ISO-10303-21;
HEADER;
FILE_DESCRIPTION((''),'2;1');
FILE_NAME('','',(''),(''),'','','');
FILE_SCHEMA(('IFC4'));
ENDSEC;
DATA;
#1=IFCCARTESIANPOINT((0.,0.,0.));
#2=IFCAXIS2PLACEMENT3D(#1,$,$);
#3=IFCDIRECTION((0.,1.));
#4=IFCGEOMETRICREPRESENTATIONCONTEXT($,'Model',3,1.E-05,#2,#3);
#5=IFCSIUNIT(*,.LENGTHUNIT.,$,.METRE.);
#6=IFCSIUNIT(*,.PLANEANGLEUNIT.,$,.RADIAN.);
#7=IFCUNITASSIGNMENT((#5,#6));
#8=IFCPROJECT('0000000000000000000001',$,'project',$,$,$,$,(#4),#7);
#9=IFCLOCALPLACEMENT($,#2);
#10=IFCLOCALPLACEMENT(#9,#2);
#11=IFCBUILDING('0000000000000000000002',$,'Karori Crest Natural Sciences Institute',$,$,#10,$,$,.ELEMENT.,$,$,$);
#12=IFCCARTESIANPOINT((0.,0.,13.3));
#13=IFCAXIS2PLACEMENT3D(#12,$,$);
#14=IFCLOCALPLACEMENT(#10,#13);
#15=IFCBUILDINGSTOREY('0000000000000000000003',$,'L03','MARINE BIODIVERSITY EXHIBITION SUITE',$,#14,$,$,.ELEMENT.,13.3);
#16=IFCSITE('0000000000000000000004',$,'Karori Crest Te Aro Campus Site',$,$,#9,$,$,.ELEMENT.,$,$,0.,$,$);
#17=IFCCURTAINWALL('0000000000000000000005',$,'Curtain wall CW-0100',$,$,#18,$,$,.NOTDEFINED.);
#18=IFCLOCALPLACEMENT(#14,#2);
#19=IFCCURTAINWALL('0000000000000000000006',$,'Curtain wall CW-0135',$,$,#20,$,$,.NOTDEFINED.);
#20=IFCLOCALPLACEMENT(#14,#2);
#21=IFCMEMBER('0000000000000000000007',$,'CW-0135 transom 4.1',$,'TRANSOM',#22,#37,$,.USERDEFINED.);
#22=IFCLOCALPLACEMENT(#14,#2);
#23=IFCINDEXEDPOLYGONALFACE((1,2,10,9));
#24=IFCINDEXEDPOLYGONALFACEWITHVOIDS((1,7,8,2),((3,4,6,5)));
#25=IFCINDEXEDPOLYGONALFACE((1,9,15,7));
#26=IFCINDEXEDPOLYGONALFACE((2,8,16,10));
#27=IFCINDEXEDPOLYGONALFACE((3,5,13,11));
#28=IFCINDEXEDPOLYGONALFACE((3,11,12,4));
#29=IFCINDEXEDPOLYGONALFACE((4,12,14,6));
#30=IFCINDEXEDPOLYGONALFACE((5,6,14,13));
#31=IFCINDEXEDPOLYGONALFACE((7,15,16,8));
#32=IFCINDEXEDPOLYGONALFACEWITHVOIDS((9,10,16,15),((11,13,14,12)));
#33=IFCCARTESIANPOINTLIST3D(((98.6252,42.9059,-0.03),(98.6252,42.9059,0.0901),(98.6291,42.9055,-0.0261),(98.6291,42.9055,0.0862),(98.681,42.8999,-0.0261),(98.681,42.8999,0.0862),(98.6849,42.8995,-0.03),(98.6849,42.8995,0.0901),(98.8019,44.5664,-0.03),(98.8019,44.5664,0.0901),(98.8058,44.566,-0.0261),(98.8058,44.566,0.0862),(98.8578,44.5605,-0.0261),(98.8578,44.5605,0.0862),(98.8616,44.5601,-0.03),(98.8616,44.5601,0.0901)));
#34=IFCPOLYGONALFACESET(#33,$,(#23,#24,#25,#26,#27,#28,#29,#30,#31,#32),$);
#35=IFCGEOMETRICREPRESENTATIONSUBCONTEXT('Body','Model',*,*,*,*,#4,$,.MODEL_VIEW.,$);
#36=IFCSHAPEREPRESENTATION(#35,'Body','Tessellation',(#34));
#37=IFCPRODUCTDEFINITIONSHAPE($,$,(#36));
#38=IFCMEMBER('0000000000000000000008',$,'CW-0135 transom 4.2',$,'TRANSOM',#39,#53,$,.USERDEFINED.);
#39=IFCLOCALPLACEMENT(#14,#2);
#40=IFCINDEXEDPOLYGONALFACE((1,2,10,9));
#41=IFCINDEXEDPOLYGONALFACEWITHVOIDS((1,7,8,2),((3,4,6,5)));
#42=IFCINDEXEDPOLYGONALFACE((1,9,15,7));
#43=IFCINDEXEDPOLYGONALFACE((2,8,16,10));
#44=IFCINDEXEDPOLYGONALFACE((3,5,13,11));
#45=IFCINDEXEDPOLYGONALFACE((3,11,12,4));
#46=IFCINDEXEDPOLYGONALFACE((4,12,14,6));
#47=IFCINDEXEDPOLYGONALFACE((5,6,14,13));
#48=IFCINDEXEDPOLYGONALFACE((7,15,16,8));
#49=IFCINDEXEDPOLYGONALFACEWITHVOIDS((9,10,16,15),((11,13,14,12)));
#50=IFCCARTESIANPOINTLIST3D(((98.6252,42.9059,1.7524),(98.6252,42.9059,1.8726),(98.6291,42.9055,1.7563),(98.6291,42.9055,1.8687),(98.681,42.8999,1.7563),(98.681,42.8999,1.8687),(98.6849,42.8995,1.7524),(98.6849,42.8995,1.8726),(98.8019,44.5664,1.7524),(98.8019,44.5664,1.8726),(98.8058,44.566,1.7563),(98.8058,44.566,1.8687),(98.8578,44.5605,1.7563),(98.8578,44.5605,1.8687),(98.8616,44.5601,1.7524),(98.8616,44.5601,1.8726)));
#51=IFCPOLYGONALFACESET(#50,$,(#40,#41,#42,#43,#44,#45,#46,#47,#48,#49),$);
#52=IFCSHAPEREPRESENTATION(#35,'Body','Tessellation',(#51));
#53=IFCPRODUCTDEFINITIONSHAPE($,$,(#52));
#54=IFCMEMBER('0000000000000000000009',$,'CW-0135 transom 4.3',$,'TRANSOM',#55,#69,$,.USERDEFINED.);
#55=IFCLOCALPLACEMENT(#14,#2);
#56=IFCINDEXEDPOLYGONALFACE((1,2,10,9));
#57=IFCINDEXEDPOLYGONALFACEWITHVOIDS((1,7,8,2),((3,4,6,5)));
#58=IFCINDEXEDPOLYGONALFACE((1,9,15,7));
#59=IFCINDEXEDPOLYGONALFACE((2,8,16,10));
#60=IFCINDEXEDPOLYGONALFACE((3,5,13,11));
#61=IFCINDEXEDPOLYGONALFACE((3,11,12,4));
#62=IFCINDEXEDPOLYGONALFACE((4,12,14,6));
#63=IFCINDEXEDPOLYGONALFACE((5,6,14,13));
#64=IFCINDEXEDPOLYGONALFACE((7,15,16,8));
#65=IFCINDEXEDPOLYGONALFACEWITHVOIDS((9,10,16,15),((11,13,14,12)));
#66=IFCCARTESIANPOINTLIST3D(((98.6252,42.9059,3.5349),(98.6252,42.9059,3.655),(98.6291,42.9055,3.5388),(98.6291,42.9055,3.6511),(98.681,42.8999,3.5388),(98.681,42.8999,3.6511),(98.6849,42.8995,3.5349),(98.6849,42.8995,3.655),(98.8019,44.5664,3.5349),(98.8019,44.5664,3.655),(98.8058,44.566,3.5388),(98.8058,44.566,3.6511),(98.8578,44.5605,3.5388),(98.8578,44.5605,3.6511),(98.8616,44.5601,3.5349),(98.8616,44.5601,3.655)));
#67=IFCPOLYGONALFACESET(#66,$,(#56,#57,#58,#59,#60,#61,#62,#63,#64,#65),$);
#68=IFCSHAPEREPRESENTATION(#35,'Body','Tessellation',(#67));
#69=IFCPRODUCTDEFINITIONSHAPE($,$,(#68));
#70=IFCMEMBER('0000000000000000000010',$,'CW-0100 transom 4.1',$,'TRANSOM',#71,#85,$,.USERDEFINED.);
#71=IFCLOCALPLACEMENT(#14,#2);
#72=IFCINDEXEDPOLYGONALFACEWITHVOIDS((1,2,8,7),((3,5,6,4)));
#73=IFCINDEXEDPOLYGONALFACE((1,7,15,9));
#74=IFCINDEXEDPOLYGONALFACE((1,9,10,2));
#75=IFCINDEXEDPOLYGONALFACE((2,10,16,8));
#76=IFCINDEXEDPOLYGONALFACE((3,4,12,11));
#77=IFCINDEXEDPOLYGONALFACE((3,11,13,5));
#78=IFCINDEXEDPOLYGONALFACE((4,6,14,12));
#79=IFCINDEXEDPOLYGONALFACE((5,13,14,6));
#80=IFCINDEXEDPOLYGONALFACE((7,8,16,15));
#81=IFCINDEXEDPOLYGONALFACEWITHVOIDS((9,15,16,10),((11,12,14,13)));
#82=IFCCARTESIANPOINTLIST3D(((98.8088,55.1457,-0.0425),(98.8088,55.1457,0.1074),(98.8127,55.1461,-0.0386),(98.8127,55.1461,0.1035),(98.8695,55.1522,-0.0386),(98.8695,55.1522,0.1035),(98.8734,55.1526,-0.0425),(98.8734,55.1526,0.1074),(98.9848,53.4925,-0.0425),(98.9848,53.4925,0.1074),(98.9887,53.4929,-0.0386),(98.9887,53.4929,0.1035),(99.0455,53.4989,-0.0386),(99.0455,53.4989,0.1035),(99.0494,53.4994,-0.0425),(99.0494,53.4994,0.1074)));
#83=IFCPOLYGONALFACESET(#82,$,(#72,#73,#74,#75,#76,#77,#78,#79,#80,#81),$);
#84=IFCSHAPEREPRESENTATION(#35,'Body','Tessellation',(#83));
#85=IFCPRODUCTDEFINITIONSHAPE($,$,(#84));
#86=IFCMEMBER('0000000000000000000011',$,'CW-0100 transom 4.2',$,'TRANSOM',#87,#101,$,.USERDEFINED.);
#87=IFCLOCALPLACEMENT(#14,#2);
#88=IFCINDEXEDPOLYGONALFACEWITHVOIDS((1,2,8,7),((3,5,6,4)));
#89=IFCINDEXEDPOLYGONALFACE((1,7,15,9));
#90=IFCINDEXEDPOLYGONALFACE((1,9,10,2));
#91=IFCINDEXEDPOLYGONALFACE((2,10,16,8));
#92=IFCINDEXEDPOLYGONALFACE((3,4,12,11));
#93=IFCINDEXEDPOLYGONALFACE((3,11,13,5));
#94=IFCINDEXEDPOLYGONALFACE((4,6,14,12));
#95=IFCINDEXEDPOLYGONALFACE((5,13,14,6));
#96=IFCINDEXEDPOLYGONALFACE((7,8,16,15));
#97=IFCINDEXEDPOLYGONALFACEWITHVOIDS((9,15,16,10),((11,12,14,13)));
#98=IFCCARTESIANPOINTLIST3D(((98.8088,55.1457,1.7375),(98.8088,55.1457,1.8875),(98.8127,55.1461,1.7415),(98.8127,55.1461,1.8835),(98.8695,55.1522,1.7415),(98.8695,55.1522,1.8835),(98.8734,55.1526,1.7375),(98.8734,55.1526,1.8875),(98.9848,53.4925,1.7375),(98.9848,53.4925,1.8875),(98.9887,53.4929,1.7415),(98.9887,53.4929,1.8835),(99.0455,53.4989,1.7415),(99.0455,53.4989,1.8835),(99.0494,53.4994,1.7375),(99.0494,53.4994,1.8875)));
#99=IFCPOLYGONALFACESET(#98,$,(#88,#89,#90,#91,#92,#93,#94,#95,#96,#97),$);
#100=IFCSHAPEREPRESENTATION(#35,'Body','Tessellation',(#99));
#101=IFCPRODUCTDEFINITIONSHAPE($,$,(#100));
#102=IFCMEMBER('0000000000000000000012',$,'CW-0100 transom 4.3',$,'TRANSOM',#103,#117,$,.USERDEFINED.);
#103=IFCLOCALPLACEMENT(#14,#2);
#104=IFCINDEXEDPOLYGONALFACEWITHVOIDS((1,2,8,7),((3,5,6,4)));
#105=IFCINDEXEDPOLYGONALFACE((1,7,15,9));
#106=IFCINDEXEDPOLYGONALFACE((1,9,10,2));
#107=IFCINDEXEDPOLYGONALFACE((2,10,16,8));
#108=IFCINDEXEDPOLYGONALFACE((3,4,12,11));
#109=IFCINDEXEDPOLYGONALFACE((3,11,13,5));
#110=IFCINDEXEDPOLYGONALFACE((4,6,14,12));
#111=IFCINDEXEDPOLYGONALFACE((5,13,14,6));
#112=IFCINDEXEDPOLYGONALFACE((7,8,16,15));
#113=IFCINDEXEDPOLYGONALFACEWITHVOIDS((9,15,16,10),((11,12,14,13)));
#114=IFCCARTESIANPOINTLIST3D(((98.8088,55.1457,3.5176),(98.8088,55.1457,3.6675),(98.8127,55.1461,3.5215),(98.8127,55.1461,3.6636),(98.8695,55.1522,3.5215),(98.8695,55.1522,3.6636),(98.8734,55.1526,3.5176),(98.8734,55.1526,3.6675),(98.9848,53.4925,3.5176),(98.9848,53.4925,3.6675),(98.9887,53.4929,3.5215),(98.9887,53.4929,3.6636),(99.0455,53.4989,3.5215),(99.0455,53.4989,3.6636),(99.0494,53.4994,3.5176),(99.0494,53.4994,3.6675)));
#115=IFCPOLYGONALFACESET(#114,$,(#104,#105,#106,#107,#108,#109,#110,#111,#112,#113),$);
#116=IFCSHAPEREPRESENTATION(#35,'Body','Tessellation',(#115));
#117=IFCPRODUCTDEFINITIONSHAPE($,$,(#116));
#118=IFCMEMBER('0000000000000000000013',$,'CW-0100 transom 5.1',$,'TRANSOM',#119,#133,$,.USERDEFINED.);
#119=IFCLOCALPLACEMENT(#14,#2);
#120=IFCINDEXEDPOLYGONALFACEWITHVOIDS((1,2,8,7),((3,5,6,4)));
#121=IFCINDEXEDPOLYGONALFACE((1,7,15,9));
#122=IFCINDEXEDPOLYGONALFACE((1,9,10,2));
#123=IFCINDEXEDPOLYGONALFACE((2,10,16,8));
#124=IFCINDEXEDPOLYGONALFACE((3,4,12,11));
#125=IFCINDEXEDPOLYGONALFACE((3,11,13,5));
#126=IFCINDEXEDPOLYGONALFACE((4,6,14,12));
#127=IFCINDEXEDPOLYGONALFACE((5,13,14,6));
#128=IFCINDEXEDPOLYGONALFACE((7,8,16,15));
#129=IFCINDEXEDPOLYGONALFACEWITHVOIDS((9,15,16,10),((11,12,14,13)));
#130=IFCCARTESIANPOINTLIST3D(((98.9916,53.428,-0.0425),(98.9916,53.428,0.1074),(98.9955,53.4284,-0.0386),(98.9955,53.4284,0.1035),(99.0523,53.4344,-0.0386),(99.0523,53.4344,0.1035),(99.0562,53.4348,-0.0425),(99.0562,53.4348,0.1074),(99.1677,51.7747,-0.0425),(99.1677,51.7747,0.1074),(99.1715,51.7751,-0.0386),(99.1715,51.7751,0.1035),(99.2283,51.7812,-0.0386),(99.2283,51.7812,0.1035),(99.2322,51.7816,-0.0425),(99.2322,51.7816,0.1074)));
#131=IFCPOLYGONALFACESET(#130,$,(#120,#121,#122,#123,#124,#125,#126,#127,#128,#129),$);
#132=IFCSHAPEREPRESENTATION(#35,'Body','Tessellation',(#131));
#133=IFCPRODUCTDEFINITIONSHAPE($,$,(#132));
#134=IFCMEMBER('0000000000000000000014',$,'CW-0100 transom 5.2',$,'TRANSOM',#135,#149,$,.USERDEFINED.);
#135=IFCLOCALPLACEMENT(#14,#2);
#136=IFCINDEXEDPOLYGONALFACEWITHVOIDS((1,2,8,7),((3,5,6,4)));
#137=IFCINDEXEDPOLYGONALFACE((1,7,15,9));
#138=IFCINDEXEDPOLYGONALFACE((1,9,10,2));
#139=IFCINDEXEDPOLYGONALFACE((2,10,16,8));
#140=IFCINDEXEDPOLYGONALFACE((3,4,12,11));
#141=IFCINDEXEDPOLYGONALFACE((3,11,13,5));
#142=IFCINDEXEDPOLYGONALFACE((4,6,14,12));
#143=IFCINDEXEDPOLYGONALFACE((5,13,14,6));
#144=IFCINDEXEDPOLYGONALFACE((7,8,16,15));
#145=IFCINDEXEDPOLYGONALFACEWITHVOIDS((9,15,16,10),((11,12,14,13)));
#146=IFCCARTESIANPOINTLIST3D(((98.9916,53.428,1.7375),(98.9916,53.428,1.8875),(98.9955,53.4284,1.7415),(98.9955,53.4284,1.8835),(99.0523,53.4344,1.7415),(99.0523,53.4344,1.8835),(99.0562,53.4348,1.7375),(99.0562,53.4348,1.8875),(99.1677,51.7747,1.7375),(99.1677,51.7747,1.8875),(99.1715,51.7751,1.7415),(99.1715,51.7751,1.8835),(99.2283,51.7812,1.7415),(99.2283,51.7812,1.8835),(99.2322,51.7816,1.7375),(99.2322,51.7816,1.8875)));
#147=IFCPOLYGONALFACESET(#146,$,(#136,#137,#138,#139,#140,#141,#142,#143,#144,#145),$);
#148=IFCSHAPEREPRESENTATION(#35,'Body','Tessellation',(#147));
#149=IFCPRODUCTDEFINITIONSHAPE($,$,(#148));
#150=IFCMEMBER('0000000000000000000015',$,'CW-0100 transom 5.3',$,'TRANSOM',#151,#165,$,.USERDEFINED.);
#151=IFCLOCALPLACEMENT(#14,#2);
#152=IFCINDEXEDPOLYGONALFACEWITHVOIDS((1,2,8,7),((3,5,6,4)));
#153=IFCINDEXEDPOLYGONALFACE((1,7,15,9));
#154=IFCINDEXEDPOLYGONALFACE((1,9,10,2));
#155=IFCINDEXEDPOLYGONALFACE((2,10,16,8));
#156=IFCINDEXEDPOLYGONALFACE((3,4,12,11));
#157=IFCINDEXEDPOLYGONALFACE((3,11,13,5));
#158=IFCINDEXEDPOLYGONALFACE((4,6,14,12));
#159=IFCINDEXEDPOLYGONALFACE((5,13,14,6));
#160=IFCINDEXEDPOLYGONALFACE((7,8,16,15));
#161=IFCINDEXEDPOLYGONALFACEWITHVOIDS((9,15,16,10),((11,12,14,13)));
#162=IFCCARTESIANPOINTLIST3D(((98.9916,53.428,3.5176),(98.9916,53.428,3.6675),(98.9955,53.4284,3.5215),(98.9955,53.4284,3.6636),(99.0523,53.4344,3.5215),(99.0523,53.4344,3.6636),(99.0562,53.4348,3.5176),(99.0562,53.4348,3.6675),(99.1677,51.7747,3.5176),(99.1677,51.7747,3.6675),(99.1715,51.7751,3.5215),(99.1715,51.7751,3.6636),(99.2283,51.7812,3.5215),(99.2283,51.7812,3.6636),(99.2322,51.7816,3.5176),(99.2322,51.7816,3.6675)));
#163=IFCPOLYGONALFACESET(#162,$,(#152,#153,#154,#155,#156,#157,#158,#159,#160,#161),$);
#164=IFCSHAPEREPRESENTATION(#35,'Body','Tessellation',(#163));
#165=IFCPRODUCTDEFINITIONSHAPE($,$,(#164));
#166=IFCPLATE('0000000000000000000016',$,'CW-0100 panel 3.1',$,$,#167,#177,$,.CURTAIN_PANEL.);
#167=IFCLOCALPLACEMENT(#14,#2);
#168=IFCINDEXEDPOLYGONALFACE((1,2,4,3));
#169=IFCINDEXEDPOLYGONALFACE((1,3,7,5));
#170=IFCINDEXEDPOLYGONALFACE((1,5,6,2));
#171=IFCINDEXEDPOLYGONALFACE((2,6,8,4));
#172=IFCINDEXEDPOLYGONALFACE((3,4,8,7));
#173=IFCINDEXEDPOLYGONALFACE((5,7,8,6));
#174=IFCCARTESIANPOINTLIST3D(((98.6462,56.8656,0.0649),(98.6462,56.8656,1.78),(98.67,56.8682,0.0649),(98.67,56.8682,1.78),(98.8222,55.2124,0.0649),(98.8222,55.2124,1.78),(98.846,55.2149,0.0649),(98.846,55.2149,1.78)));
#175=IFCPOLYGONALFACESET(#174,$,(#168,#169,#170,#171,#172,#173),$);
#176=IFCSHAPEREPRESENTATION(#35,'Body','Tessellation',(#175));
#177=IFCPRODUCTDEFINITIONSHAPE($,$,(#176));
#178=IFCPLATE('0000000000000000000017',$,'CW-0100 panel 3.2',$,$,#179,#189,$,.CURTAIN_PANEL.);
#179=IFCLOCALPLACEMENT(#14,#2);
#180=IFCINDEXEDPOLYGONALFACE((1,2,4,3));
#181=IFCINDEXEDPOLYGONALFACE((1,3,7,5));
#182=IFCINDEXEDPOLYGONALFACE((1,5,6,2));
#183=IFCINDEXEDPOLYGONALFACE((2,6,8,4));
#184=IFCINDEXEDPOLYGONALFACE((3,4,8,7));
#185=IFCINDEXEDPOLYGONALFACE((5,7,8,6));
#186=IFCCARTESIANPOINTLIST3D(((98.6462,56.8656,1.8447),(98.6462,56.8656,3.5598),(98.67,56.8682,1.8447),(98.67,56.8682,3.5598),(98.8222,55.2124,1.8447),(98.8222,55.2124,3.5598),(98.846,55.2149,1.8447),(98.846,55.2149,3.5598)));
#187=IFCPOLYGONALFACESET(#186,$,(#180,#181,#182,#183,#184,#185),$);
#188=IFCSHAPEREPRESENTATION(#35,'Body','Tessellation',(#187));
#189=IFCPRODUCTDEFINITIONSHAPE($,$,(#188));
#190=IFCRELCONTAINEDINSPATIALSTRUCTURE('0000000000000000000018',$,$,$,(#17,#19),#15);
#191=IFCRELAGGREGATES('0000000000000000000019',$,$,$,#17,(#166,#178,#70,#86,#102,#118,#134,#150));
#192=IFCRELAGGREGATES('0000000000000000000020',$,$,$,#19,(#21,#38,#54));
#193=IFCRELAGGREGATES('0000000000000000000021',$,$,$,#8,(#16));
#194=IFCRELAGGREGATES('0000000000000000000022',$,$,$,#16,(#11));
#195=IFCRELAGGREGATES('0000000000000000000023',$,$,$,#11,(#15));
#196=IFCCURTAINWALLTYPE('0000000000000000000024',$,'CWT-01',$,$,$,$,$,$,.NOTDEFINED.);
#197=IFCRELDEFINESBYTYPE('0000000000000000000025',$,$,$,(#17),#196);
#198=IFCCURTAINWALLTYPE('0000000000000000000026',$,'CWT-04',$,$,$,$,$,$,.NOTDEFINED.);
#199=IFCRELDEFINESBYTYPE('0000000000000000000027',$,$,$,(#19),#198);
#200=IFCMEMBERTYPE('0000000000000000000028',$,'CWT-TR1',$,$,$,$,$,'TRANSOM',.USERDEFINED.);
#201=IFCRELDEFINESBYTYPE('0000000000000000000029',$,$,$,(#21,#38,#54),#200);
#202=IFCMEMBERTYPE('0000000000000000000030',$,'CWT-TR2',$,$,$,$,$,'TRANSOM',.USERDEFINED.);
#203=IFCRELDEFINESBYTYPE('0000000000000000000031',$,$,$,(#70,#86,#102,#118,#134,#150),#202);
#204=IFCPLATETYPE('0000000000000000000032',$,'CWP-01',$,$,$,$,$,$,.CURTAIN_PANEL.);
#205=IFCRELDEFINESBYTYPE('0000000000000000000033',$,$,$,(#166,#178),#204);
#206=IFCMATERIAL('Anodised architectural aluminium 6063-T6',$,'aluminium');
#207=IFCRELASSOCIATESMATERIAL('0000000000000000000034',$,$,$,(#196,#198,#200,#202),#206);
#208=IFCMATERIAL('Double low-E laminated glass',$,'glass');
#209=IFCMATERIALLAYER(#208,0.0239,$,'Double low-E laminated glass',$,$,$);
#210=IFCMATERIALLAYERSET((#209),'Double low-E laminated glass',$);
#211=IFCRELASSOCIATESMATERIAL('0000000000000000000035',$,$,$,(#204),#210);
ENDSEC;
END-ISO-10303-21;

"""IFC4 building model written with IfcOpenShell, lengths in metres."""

from ifc_helpers import new_model, si_unit, direction, frame, origin, origin_2d, place, context, subcontext, project, spatial, rectangle, hollow_rectangle, extrude, material, layer, layer_set, material_profile, profile_set, type_object, element, aggregate, save


model = new_model("IFC4")

# Units and contexts
model_context = context("Model", 3, precision=1e-05, world=origin(), true_north=direction((0.0, 1.0)))
body_context = subcontext(model_context, "Body", "Model", "MODEL_VIEW")
ifc_project = project(units=[si_unit("LENGTHUNIT", "METRE"), si_unit("PLANEANGLEUNIT", "RADIAN")], contexts=[model_context])

# Site, building, storey
site_placement = place(None, origin())
site = spatial("IfcSite", under=ifc_project, at=site_placement, Name="Karori Crest Te Aro Campus Site", CompositionType="ELEMENT", RefElevation=0.0)
building_placement = place(site_placement, origin())
building = spatial("IfcBuilding", under=site, at=building_placement, Name="Karori Crest Natural Sciences Institute", CompositionType="ELEMENT")
storey_placement = place(building_placement, frame((0.0, 0.0, 13.3)))
storey = spatial("IfcBuildingStorey", under=building, at=storey_placement, Name="L03", Description="MARINE BIODIVERSITY EXHIBITION SUITE", CompositionType="ELEMENT", Elevation=13.3)

# Curtain walls, members
ifc_material_1 = material(Name="Anodised architectural aluminium 6063-T6", Category="aluminium")
curtain_wall_type_1 = type_object("IfcCurtainWallType", Name="CWT-01", PredefinedType="NOTDEFINED", material=ifc_material_1)
curtain_wall_1_placement = place(storey_placement, origin())
curtain_wall_1 = element("IfcCurtainWall", 1, at=curtain_wall_1_placement, inside=storey, type_object=curtain_wall_type_1, Name="Curtain wall CW-0100", PredefinedType="NOTDEFINED")
curtain_wall_type_2 = type_object("IfcCurtainWallType", Name="CWT-04", PredefinedType="NOTDEFINED", material=ifc_material_1)
curtain_wall_2_placement = place(storey_placement, origin())
curtain_wall_2 = element("IfcCurtainWall", 2, at=curtain_wall_2_placement, inside=storey, type_object=curtain_wall_type_2, Name="Curtain wall CW-0135", PredefinedType="NOTDEFINED")
ifc_material_profile_1 = material_profile(ifc_material_1, hollow_rectangle(XDim=0.0601, YDim=0.1201, WallThickness=0.0039, at=origin_2d()), Name="CWT120x60x4")
ifc_profile_set_1 = profile_set([ifc_material_profile_1], Name="Anodised architectural aluminium 6063-T6")
member_type_1 = type_object("IfcMemberType", Name="CWT-TR1", ElementType="TRANSOM", PredefinedType="USERDEFINED", material=ifc_profile_set_1)
member_1_placement = place(storey_placement, frame((98.8318, 44.5632, 0.03), z_axis=(-0.105841, -0.994383, 0.0), x_axis=(0.994383, -0.105841, 0.0)))
member_1 = element("IfcMember", 3, at=member_1_placement, type_object=member_type_1, Name="CW-0135 transom 4.1", ObjectType="TRANSOM", PredefinedType="USERDEFINED", context=body_context, shape_type="SweptSolid", body=[
    extrude(hollow_rectangle(XDim=0.0601, YDim=0.1201, WallThickness=0.0039, at=origin_2d()), origin(), (0.0, 0.0, 1.0), 1.6699),
])
member_2_placement = place(storey_placement, frame((98.8318, 44.5632, 1.8125), z_axis=(-0.105841, -0.994383, 0.0), x_axis=(0.994383, -0.105841, 0.0)))
member_2 = element("IfcMember", 4, at=member_2_placement, type_object=member_type_1, Name="CW-0135 transom 4.2", ObjectType="TRANSOM", PredefinedType="USERDEFINED", context=body_context, shape_type="SweptSolid", body=[
    extrude(hollow_rectangle(XDim=0.0601, YDim=0.1201, WallThickness=0.0039, at=origin_2d()), origin(), (0.0, 0.0, 1.0), 1.6699),
])
member_3_placement = place(storey_placement, frame((98.8318, 44.5632, 3.595), z_axis=(-0.105841, -0.994383, 0.0), x_axis=(0.994383, -0.105841, 0.0)))
member_3 = element("IfcMember", 5, at=member_3_placement, type_object=member_type_1, Name="CW-0135 transom 4.3", ObjectType="TRANSOM", PredefinedType="USERDEFINED", context=body_context, shape_type="SweptSolid", body=[
    extrude(hollow_rectangle(XDim=0.0601, YDim=0.1201, WallThickness=0.0039, at=origin_2d()), origin(), (0.0, 0.0, 1.0), 1.6699),
])

# Members
ifc_material_profile_2 = material_profile(ifc_material_1, hollow_rectangle(XDim=0.0649, YDim=0.1499, WallThickness=0.0039, at=origin_2d()), Name="CWT150x65x4")
ifc_profile_set_2 = profile_set([ifc_material_profile_2], Name="Anodised architectural aluminium 6063-T6")
member_type_2 = type_object("IfcMemberType", Name="CWT-TR2", ElementType="TRANSOM", PredefinedType="USERDEFINED", material=ifc_profile_set_2)
member_4_placement = place(storey_placement, frame((98.8411, 55.1492, 0.0325), z_axis=(0.105869, -0.99438, 0.0), x_axis=(0.99438, 0.105869, 0.0)))
member_4 = element("IfcMember", 6, at=member_4_placement, type_object=member_type_2, Name="CW-0100 transom 4.1", ObjectType="TRANSOM", PredefinedType="USERDEFINED", context=body_context, shape_type="SweptSolid", body=[
    extrude(hollow_rectangle(XDim=0.0649, YDim=0.1499, WallThickness=0.0039, at=origin_2d()), origin(), (0.0, 0.0, 1.0), 1.6626),
])
member_5_placement = place(storey_placement, frame((98.8411, 55.1492, 1.8125), z_axis=(0.105869, -0.99438, 0.0), x_axis=(0.99438, 0.105869, 0.0)))
member_5 = element("IfcMember", 7, at=member_5_placement, type_object=member_type_2, Name="CW-0100 transom 4.2", ObjectType="TRANSOM", PredefinedType="USERDEFINED", context=body_context, shape_type="SweptSolid", body=[
    extrude(hollow_rectangle(XDim=0.0649, YDim=0.1499, WallThickness=0.0039, at=origin_2d()), origin(), (0.0, 0.0, 1.0), 1.6626),
])
member_6_placement = place(storey_placement, frame((98.8411, 55.1492, 3.5925), z_axis=(0.105869, -0.99438, 0.0), x_axis=(0.99438, 0.105869, 0.0)))
member_6 = element("IfcMember", 8, at=member_6_placement, type_object=member_type_2, Name="CW-0100 transom 4.3", ObjectType="TRANSOM", PredefinedType="USERDEFINED", context=body_context, shape_type="SweptSolid", body=[
    extrude(hollow_rectangle(XDim=0.0649, YDim=0.1499, WallThickness=0.0039, at=origin_2d()), origin(), (0.0, 0.0, 1.0), 1.6626),
])
member_7_placement = place(storey_placement, frame((99.0239, 53.4314, 0.0325), z_axis=(0.105869, -0.99438, 0.0), x_axis=(0.99438, 0.105869, 0.0)))
member_7 = element("IfcMember", 9, at=member_7_placement, type_object=member_type_2, Name="CW-0100 transom 5.1", ObjectType="TRANSOM", PredefinedType="USERDEFINED", context=body_context, shape_type="SweptSolid", body=[
    extrude(hollow_rectangle(XDim=0.0649, YDim=0.1499, WallThickness=0.0039, at=origin_2d()), origin(), (0.0, 0.0, 1.0), 1.6626),
])
member_8_placement = place(storey_placement, frame((99.0239, 53.4314, 1.8125), z_axis=(0.105869, -0.99438, 0.0), x_axis=(0.99438, 0.105869, 0.0)))
member_8 = element("IfcMember", 10, at=member_8_placement, type_object=member_type_2, Name="CW-0100 transom 5.2", ObjectType="TRANSOM", PredefinedType="USERDEFINED", context=body_context, shape_type="SweptSolid", body=[
    extrude(hollow_rectangle(XDim=0.0649, YDim=0.1499, WallThickness=0.0039, at=origin_2d()), origin(), (0.0, 0.0, 1.0), 1.6626),
])
member_9_placement = place(storey_placement, frame((99.0239, 53.4314, 3.5925), z_axis=(0.105869, -0.99438, 0.0), x_axis=(0.99438, 0.105869, 0.0)))
member_9 = element("IfcMember", 11, at=member_9_placement, type_object=member_type_2, Name="CW-0100 transom 5.3", ObjectType="TRANSOM", PredefinedType="USERDEFINED", context=body_context, shape_type="SweptSolid", body=[
    extrude(hollow_rectangle(XDim=0.0649, YDim=0.1499, WallThickness=0.0039, at=origin_2d()), origin(), (0.0, 0.0, 1.0), 1.6626),
])

# Plates
ifc_material_2 = material(Name="Double low-E laminated glass", Category="glass")
ifc_layer_1 = layer(ifc_material_2, 0.0239, Name="Double low-E laminated glass")
ifc_layer_set_1 = layer_set([ifc_layer_1], Name="Double low-E laminated glass")
plate_type_1 = type_object("IfcPlateType", Name="CWP-01", PredefinedType="CURTAIN_PANEL", material=ifc_layer_set_1)
plate_1_placement = place(storey_placement, frame((98.7461, 56.0403, 0.0649), z_axis=(0.0, 0.0, 1.0), x_axis=(0.105884, -0.994378, 0.0)))
plate_1 = element("IfcPlate", 12, at=plate_1_placement, type_object=plate_type_1, Name="CW-0100 panel 3.1", PredefinedType="CURTAIN_PANEL", context=body_context, shape_type="SweptSolid", body=[
    extrude(rectangle(XDim=1.6626, YDim=0.0239, at=origin_2d()), origin(), (0.0, 0.0, 1.0), 1.7151),
])
plate_2_placement = place(storey_placement, frame((98.7461, 56.0403, 1.8447), z_axis=(0.0, 0.0, 1.0), x_axis=(0.105884, -0.994378, 0.0)))
plate_2 = element("IfcPlate", 13, at=plate_2_placement, type_object=plate_type_1, Name="CW-0100 panel 3.2", PredefinedType="CURTAIN_PANEL", context=body_context, shape_type="SweptSolid", body=[
    extrude(rectangle(XDim=1.6626, YDim=0.0239, at=origin_2d()), origin(), (0.0, 0.0, 1.0), 1.7151),
])
aggregate(curtain_wall_1, [plate_1, plate_2, member_4, member_5, member_6, member_7, member_8, member_9])
aggregate(curtain_wall_2, [member_1, member_2, member_3])

save(model, "model.ifc")
